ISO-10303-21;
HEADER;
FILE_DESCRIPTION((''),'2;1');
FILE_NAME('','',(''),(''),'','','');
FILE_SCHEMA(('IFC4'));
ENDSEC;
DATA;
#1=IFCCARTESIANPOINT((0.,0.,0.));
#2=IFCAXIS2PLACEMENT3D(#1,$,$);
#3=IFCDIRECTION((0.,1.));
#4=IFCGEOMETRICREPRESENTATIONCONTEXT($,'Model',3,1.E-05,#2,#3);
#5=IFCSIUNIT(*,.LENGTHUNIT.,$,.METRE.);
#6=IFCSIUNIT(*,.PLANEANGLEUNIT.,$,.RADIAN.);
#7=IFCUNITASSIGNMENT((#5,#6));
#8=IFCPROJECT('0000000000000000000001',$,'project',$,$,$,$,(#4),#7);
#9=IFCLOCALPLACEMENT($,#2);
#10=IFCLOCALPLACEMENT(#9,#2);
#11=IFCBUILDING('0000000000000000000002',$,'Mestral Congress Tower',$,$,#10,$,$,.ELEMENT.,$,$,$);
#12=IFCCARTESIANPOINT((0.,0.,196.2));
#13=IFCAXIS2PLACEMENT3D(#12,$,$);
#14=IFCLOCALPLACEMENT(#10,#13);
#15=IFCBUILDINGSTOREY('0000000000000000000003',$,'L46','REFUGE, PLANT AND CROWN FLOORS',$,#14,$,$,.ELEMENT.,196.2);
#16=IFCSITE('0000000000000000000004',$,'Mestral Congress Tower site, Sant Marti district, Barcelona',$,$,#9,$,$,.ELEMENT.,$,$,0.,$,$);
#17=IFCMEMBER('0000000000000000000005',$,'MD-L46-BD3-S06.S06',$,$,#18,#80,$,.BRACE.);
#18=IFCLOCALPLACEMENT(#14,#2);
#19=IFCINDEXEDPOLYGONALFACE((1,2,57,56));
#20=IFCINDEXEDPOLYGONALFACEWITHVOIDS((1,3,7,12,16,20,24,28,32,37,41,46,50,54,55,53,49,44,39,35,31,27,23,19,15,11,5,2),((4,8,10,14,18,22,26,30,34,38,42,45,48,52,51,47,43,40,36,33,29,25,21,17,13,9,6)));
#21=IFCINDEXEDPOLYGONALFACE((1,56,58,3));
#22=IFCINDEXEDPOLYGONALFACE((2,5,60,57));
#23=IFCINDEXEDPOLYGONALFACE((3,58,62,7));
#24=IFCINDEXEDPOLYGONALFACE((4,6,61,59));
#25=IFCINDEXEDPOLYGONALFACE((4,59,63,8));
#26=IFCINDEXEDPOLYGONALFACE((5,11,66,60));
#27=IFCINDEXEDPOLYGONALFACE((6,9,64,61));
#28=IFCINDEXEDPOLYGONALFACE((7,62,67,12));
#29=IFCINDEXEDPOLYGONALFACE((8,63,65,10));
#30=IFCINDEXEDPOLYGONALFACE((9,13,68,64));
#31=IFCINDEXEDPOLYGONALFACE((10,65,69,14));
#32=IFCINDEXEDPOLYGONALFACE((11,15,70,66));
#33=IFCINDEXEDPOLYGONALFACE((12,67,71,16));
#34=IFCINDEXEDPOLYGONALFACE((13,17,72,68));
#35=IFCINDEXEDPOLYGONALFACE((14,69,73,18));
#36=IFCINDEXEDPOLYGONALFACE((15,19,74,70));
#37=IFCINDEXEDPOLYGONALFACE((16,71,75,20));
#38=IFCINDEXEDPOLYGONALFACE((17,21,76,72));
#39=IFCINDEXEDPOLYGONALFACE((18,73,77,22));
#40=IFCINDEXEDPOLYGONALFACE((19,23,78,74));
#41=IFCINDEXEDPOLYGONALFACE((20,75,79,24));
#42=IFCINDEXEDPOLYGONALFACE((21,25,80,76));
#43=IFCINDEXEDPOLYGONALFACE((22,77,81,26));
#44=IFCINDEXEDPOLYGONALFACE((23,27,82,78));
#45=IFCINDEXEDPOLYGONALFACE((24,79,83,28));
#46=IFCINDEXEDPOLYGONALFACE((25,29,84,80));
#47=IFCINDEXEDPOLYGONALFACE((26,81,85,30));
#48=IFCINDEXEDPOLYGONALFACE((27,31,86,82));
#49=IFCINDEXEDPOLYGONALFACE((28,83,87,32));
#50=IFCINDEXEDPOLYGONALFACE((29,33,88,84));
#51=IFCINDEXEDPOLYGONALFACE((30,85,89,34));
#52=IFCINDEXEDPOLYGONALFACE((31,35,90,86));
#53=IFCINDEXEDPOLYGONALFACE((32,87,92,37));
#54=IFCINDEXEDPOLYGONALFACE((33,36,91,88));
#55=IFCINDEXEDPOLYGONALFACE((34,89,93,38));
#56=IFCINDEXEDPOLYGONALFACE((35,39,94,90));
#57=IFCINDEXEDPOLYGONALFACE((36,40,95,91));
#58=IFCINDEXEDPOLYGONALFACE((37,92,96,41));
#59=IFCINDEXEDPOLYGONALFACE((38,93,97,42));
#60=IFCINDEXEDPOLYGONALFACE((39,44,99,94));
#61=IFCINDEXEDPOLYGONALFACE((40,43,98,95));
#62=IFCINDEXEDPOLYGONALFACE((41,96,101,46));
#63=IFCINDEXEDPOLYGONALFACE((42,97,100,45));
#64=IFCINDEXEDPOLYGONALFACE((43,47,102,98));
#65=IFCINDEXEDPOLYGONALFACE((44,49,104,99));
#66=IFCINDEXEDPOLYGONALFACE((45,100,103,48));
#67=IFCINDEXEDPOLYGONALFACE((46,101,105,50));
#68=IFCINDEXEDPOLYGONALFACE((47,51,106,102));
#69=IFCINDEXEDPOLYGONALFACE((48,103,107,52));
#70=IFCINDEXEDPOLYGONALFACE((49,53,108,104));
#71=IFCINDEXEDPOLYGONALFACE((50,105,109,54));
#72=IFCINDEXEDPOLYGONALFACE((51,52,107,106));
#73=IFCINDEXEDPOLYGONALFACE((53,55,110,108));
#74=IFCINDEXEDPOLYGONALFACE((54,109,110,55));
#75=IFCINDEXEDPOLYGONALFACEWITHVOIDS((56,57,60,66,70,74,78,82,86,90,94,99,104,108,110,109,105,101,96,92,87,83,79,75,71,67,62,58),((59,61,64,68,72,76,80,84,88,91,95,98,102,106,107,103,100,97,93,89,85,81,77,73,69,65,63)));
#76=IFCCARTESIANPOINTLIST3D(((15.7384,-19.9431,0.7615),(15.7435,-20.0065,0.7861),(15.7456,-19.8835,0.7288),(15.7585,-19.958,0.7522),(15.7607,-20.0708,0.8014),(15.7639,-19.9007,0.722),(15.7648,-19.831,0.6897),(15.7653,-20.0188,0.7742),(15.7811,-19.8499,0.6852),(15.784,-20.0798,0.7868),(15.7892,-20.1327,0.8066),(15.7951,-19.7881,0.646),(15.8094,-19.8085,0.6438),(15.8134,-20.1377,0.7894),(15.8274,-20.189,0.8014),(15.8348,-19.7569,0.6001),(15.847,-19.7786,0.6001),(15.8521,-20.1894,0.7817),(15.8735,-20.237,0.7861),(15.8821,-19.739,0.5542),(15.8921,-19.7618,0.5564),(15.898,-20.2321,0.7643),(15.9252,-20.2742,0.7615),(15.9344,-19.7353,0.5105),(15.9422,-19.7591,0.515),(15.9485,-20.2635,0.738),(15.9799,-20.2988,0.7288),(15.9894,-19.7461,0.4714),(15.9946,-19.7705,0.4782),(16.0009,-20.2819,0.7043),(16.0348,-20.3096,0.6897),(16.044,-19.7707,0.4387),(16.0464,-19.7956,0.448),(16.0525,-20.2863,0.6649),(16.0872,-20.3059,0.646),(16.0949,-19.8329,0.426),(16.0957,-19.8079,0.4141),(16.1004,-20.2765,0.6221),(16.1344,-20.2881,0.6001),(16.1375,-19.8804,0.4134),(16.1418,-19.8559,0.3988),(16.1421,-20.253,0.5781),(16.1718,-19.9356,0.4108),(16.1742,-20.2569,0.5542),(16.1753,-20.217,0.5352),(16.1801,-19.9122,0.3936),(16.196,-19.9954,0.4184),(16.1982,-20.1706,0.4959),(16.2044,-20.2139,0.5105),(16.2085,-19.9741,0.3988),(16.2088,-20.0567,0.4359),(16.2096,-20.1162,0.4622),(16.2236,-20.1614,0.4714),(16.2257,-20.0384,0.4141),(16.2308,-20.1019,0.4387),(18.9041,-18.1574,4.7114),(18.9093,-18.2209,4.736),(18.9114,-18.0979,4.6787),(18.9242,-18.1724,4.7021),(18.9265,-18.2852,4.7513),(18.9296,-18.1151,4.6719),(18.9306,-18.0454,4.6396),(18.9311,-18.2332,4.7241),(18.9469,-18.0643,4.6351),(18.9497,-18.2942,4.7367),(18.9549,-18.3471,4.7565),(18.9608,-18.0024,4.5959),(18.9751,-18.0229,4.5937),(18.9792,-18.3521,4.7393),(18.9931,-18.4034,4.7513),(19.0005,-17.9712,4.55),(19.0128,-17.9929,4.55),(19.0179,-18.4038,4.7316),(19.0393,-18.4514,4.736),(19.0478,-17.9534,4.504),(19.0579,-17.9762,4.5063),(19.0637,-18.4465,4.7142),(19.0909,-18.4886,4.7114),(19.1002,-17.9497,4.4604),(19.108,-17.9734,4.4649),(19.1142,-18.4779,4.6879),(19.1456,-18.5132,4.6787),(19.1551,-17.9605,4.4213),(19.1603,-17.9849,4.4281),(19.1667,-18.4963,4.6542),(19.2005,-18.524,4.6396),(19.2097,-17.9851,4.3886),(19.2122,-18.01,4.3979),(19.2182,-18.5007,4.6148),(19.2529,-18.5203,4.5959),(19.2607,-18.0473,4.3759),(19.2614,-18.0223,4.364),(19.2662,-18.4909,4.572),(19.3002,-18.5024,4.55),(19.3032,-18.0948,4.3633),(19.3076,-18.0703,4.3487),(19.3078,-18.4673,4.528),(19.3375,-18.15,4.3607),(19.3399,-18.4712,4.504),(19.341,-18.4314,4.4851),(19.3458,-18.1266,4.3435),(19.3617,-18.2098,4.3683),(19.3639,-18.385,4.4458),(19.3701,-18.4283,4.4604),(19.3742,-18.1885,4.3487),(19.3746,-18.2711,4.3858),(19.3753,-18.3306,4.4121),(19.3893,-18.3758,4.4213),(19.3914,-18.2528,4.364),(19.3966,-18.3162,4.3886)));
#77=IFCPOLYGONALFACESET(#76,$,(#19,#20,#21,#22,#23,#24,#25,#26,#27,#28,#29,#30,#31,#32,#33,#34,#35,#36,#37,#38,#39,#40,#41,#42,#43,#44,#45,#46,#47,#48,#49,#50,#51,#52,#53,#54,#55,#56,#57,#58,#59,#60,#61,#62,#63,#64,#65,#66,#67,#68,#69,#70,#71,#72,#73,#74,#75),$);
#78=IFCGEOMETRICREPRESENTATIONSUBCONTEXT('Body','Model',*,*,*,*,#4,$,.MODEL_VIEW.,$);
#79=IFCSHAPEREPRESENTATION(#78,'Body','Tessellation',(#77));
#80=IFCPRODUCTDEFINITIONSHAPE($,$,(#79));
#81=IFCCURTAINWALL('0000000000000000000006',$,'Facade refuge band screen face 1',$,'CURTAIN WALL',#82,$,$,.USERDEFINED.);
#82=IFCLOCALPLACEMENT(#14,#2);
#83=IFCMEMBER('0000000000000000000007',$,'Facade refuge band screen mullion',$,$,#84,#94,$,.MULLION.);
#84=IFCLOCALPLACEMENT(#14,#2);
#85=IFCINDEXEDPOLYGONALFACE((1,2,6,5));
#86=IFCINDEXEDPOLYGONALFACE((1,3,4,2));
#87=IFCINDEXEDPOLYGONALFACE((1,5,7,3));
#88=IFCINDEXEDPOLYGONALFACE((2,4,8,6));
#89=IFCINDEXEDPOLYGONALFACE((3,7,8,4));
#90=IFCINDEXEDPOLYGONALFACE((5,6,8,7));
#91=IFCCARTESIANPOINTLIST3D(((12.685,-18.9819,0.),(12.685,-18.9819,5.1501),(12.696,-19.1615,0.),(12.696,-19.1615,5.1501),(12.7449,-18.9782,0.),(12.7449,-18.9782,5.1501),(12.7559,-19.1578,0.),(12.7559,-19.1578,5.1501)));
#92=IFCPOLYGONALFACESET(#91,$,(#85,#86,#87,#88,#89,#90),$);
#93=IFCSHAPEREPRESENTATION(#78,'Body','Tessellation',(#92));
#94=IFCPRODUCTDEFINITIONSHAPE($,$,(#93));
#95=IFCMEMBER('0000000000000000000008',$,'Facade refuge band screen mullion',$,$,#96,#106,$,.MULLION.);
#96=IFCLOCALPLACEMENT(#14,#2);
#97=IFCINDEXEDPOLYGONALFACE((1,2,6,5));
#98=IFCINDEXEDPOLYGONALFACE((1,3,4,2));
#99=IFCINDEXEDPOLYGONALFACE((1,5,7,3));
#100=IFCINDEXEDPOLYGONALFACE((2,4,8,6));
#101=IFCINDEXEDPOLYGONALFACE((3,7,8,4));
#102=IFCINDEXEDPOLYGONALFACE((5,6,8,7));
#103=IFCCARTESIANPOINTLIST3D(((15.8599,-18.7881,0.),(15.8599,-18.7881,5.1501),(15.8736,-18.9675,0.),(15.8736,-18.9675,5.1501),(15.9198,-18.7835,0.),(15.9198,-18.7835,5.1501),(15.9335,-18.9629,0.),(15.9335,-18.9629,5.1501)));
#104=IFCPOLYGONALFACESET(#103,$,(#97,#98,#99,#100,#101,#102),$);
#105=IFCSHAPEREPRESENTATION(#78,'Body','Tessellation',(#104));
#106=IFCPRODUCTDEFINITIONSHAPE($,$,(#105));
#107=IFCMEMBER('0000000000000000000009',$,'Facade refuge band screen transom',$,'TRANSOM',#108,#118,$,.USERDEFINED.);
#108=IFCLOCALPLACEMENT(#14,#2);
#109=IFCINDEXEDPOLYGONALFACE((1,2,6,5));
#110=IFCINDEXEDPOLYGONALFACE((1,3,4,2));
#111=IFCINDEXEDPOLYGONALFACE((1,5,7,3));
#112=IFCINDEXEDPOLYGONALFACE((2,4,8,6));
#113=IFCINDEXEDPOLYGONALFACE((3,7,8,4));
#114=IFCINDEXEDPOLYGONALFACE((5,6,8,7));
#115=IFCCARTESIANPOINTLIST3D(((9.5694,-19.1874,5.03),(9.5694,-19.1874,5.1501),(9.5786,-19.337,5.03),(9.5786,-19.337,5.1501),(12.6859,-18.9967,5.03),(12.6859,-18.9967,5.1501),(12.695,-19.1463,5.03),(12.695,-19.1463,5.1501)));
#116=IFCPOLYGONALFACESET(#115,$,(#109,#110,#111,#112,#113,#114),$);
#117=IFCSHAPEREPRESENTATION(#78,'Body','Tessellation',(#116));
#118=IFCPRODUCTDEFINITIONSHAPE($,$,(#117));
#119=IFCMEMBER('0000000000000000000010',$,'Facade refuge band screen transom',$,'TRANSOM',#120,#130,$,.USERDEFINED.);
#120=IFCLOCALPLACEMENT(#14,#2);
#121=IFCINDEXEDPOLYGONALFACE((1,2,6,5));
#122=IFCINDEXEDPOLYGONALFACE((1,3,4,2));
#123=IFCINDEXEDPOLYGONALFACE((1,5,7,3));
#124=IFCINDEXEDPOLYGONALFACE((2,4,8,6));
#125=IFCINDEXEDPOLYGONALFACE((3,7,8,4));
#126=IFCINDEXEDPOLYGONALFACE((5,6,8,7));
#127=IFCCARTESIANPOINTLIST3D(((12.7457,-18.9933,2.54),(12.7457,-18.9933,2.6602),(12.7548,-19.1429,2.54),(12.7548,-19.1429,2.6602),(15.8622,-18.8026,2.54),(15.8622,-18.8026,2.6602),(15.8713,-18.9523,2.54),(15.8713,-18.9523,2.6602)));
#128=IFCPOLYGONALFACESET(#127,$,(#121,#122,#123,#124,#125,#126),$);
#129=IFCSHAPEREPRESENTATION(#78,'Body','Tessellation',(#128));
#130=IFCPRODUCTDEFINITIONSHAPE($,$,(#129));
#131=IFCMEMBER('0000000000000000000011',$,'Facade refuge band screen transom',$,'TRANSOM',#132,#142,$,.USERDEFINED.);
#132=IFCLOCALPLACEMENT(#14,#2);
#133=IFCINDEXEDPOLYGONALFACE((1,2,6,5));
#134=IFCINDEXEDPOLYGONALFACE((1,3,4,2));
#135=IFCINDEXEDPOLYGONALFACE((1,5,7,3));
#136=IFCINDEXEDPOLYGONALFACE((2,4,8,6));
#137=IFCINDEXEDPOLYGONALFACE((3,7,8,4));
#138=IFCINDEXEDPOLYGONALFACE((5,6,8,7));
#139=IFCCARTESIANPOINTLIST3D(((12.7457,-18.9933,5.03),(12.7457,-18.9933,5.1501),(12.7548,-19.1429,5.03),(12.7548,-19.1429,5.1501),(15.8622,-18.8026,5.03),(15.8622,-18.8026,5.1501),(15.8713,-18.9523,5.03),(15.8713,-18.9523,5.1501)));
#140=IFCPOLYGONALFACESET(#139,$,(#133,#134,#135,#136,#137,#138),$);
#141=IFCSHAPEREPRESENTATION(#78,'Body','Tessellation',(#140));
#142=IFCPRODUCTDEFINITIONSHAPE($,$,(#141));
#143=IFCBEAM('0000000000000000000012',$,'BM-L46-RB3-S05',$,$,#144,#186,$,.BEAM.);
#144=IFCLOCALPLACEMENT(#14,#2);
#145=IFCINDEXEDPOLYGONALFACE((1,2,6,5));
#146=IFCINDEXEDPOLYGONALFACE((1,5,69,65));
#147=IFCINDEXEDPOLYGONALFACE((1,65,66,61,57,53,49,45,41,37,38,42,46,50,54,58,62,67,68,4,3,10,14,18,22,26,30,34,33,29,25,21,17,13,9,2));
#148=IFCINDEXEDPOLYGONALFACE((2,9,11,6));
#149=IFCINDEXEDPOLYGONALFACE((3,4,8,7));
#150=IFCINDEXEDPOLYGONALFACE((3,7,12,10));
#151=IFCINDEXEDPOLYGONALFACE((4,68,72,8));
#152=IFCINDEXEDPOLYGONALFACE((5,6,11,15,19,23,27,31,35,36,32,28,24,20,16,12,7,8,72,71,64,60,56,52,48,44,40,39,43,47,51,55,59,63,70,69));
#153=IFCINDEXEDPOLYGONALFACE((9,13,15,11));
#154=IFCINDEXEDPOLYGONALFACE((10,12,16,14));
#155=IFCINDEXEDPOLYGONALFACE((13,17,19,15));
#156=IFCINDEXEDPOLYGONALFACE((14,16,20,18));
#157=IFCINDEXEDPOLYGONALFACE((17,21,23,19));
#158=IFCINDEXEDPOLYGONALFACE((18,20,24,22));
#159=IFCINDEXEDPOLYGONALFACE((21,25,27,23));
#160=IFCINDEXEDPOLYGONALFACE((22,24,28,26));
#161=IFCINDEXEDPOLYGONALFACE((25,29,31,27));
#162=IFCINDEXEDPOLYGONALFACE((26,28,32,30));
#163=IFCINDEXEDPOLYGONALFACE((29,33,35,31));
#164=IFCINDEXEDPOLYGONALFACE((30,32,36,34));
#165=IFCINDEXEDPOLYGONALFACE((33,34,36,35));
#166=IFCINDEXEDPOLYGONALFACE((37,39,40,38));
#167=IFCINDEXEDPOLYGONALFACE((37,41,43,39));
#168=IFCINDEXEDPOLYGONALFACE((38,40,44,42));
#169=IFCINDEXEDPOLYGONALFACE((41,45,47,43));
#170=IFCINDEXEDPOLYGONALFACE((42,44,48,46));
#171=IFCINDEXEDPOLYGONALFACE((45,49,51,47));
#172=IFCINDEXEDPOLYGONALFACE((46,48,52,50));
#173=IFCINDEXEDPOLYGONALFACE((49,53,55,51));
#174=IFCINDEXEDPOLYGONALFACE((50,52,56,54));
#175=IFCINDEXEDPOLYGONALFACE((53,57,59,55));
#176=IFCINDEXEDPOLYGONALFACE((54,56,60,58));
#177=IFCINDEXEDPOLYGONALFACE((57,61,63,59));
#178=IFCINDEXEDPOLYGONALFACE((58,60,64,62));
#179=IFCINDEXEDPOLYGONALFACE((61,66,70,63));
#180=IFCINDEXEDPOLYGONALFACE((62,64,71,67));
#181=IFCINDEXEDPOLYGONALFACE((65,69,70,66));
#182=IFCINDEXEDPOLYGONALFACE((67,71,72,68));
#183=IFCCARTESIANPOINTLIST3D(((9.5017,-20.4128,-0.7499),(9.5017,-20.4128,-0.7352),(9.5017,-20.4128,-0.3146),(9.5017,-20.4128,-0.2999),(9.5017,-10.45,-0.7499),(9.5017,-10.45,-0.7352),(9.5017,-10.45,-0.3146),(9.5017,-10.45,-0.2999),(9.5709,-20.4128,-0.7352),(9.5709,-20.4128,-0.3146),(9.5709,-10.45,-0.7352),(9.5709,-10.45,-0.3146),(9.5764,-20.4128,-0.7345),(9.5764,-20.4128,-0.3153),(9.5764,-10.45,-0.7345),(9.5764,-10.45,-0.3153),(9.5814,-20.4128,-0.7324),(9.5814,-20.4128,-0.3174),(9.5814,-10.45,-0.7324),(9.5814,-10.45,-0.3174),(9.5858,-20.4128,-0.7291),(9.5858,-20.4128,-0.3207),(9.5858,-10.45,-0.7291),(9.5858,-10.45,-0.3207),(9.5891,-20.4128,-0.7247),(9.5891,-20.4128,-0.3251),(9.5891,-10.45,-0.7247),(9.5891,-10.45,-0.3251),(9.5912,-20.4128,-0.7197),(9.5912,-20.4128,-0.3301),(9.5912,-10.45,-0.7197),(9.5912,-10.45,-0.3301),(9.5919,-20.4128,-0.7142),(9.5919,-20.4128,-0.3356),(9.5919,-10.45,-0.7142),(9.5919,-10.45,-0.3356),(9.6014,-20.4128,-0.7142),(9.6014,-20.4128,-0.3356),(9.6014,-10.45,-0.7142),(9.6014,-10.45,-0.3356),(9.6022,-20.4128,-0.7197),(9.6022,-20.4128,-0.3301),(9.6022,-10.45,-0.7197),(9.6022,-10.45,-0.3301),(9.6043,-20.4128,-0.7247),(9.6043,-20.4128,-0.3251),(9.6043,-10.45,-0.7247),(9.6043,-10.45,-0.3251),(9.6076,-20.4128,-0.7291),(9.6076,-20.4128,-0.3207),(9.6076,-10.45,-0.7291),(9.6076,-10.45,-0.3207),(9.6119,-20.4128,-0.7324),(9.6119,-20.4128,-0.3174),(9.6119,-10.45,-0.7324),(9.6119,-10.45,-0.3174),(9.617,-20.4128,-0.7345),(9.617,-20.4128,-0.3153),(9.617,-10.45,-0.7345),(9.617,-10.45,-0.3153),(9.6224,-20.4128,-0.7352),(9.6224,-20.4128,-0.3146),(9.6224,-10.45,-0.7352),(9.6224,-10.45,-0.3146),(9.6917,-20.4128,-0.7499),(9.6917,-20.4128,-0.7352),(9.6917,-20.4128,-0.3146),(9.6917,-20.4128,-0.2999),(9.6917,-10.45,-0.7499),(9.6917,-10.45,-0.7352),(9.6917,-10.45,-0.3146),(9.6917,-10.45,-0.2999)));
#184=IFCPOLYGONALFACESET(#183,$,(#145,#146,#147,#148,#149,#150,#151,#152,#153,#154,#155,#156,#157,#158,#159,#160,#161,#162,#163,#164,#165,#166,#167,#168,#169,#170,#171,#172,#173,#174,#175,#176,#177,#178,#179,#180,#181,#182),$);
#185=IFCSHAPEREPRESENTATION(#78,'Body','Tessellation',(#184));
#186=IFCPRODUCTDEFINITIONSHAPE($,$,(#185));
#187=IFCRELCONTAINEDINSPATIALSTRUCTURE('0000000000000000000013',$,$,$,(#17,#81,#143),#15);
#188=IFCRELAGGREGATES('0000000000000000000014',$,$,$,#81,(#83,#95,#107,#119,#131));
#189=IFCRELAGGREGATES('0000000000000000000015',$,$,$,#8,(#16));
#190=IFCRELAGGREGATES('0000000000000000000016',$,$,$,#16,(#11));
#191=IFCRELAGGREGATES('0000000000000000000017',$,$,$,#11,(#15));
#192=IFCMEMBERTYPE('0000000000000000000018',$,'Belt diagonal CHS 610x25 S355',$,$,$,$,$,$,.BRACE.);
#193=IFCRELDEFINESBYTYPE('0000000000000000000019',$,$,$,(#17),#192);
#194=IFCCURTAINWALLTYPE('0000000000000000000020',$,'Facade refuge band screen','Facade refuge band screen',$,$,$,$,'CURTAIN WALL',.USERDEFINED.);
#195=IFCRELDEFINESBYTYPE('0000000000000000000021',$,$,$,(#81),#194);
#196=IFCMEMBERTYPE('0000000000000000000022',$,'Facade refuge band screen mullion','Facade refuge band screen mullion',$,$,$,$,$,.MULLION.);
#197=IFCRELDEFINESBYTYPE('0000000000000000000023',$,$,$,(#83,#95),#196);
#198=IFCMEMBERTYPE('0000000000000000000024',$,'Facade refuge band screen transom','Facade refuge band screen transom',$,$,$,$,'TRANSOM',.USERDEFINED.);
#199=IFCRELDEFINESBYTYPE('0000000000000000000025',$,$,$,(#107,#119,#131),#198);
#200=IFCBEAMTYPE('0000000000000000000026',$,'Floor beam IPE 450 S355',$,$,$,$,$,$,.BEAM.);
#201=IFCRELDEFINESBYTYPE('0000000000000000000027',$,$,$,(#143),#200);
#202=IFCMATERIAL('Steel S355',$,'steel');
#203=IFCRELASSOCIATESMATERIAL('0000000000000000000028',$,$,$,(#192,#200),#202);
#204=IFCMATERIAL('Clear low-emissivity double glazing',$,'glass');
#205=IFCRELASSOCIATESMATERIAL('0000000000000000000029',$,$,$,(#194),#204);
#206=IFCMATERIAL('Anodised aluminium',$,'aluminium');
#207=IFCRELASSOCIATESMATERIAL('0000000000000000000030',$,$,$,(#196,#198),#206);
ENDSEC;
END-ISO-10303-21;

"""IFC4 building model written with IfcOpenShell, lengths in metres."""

from ifc_helpers import new_model, si_unit, direction, frame, origin, origin_2d, place, context, subcontext, project, spatial, rectangle, hollow_circle, i_section, extrude, material, material_profile, profile_set, type_object, element, aggregate, save


model = new_model("IFC4")

# Units and contexts
model_context = context("Model", 3, precision=1e-05, world=origin(), true_north=direction((0.0, 1.0)))
body_context = subcontext(model_context, "Body", "Model", "MODEL_VIEW")
ifc_project = project(units=[si_unit("LENGTHUNIT", "METRE"), si_unit("PLANEANGLEUNIT", "RADIAN")], contexts=[model_context])

# Site, building, storey
site_placement = place(None, origin())
site = spatial("IfcSite", under=ifc_project, at=site_placement, Name="Mestral Congress Tower site, Sant Marti district, Barcelona", CompositionType="ELEMENT", RefElevation=0.0)
building_placement = place(site_placement, origin())
building = spatial("IfcBuilding", under=site, at=building_placement, Name="Mestral Congress Tower", CompositionType="ELEMENT")
storey_placement = place(building_placement, frame((0.0, 0.0, 196.2)))
storey = spatial("IfcBuildingStorey", under=building, at=storey_placement, Name="L46", Description="REFUGE, PLANT AND CROWN FLOORS", CompositionType="ELEMENT", Elevation=196.2)

# Member
ifc_material_1 = material(Name="Steel S355", Category="steel")
ifc_material_profile_1 = material_profile(ifc_material_1, hollow_circle(Radius=0.3049, WallThickness=0.0249, at=origin_2d()), Name="CHS 610x25")
ifc_profile_set_1 = profile_set([ifc_material_profile_1], Name="Steel S355")
member_type_1 = type_object("IfcMemberType", Name="Belt diagonal CHS 610x25 S355", PredefinedType="BRACE", material=ifc_profile_set_1)
member_1_placement = place(storey_placement, frame((15.9846, -20.0225, 0.6001), z_axis=(0.589776, 0.332662, 0.735867), x_axis=(-0.491285, 0.870999, 0.0)))
element("IfcMember", 1, at=member_1_placement, inside=storey, type_object=member_type_1, Name="MD-L46-BD3-S06.S06", PredefinedType="BRACE", context=body_context, shape_type="SweptSolid", body=[
    extrude(hollow_circle(Radius=0.3049, WallThickness=0.0249, at=origin_2d()), origin(), (0.0, 0.0, 1.0), 5.3677),
])

# Curtain wall, members
ifc_material_2 = material(Name="Clear low-emissivity double glazing", Category="glass")
curtain_wall_type = type_object("IfcCurtainWallType", Name="Facade refuge band screen", Description="Facade refuge band screen", ElementType="CURTAIN WALL", PredefinedType="USERDEFINED", material=ifc_material_2)
curtain_wall_placement = place(storey_placement, origin())
curtain_wall = element("IfcCurtainWall", 2, at=curtain_wall_placement, inside=storey, type_object=curtain_wall_type, Name="Facade refuge band screen face 1", ObjectType="CURTAIN WALL", PredefinedType="USERDEFINED")
ifc_material_3 = material(Name="Anodised aluminium", Category="aluminium")
ifc_material_profile_2 = material_profile(ifc_material_3, rectangle(XDim=0.1799, YDim=0.0601, at=origin_2d()), Name="CW3 mullion 180 x 60")
ifc_profile_set_2 = profile_set([ifc_material_profile_2], Name="Anodised aluminium")
member_type_2 = type_object("IfcMemberType", Name="Facade refuge band screen mullion", Description="Facade refuge band screen mullion", PredefinedType="MULLION", material=ifc_profile_set_2)
member_2_placement = place(storey_placement, frame((12.7205, -19.0698, 0.0), z_axis=(0.0, 0.0, 1.0), x_axis=(0.061012, -0.998137, 0.0)))
member_2 = element("IfcMember", 3, at=member_2_placement, type_object=member_type_2, Name="Facade refuge band screen mullion", PredefinedType="MULLION", context=body_context, shape_type="SweptSolid", body=[
    extrude(rectangle(XDim=0.1799, YDim=0.0601, at=origin_2d()), origin(), (0.0, 0.0, 1.0), 5.1501),
])
member_3_placement = place(storey_placement, frame((15.8967, -18.8755, 0.0), z_axis=(0.0, 0.0, 1.0), x_axis=(0.076237, -0.99709, 0.0)))
member_3 = element("IfcMember", 4, at=member_3_placement, type_object=member_type_2, Name="Facade refuge band screen mullion", PredefinedType="MULLION", context=body_context, shape_type="SweptSolid", body=[
    extrude(rectangle(XDim=0.1799, YDim=0.0601, at=origin_2d()), origin(), (0.0, 0.0, 1.0), 5.1501),
])
ifc_material_profile_3 = material_profile(ifc_material_3, rectangle(XDim=0.1499, YDim=0.1201, at=origin_2d()), Name="CW3 transom 150 x 120")
ifc_profile_set_3 = profile_set([ifc_material_profile_3], Name="Anodised aluminium")
member_type_3 = type_object("IfcMemberType", Name="Facade refuge band screen transom", Description="Facade refuge band screen transom", ElementType="TRANSOM", PredefinedType="USERDEFINED", material=ifc_profile_set_3)
member_4_placement = place(storey_placement, frame((9.574, -19.2622, 5.0901), z_axis=(0.998134, 0.061069, 0.0), x_axis=(-0.061069, 0.998134, 0.0)))
member_4 = element("IfcMember", 5, at=member_4_placement, type_object=member_type_3, Name="Facade refuge band screen transom", ObjectType="TRANSOM", PredefinedType="USERDEFINED", context=body_context, shape_type="SweptSolid", body=[
    extrude(rectangle(XDim=0.1499, YDim=0.1201, at=origin_2d()), origin(), (0.0, 0.0, 1.0), 3.1223),
])
member_5_placement = place(storey_placement, frame((12.7502, -19.0681, 2.6001), z_axis=(0.998134, 0.061069, 0.0), x_axis=(-0.061069, 0.998134, 0.0)))
member_5 = element("IfcMember", 6, at=member_5_placement, type_object=member_type_3, Name="Facade refuge band screen transom", ObjectType="TRANSOM", PredefinedType="USERDEFINED", context=body_context, shape_type="SweptSolid", body=[
    extrude(rectangle(XDim=0.1499, YDim=0.1201, at=origin_2d()), origin(), (0.0, 0.0, 1.0), 3.1223),
])
member_6_placement = place(storey_placement, frame((12.7502, -19.0681, 5.0901), z_axis=(0.998134, 0.061069, 0.0), x_axis=(-0.061069, 0.998134, 0.0)))
member_6 = element("IfcMember", 7, at=member_6_placement, type_object=member_type_3, Name="Facade refuge band screen transom", ObjectType="TRANSOM", PredefinedType="USERDEFINED", context=body_context, shape_type="SweptSolid", body=[
    extrude(rectangle(XDim=0.1499, YDim=0.1201, at=origin_2d()), origin(), (0.0, 0.0, 1.0), 3.1223),
])

# Beam
ifc_material_profile_4 = material_profile(ifc_material_1, i_section(OverallWidth=0.1899, OverallDepth=0.45, WebThickness=0.0095, FlangeThickness=0.0146, FilletRadius=0.021, at=origin_2d()), Name="IPE 450")
ifc_profile_set_4 = profile_set([ifc_material_profile_4], Name="Steel S355")
beam_type_1 = type_object("IfcBeamType", Name="Floor beam IPE 450 S355", PredefinedType="BEAM", material=ifc_profile_set_4)
beam_1_placement = place(storey_placement, frame((9.5967, -20.4128, -0.5249), z_axis=(0.0, 1.0, 0.0), x_axis=(-1.0, 0.0, 0.0)))
element("IfcBeam", 8, at=beam_1_placement, inside=storey, type_object=beam_type_1, Name="BM-L46-RB3-S05", PredefinedType="BEAM", context=body_context, shape_type="SweptSolid", body=[
    extrude(i_section(OverallWidth=0.1899, OverallDepth=0.45, WebThickness=0.0095, FlangeThickness=0.0146, FilletRadius=0.021, at=origin_2d()), origin(), (0.0, 0.0, 1.0), 9.9629),
])

aggregate(curtain_wall, [member_2, member_3, member_4, member_5, member_6])

save(model, "model.ifc")
